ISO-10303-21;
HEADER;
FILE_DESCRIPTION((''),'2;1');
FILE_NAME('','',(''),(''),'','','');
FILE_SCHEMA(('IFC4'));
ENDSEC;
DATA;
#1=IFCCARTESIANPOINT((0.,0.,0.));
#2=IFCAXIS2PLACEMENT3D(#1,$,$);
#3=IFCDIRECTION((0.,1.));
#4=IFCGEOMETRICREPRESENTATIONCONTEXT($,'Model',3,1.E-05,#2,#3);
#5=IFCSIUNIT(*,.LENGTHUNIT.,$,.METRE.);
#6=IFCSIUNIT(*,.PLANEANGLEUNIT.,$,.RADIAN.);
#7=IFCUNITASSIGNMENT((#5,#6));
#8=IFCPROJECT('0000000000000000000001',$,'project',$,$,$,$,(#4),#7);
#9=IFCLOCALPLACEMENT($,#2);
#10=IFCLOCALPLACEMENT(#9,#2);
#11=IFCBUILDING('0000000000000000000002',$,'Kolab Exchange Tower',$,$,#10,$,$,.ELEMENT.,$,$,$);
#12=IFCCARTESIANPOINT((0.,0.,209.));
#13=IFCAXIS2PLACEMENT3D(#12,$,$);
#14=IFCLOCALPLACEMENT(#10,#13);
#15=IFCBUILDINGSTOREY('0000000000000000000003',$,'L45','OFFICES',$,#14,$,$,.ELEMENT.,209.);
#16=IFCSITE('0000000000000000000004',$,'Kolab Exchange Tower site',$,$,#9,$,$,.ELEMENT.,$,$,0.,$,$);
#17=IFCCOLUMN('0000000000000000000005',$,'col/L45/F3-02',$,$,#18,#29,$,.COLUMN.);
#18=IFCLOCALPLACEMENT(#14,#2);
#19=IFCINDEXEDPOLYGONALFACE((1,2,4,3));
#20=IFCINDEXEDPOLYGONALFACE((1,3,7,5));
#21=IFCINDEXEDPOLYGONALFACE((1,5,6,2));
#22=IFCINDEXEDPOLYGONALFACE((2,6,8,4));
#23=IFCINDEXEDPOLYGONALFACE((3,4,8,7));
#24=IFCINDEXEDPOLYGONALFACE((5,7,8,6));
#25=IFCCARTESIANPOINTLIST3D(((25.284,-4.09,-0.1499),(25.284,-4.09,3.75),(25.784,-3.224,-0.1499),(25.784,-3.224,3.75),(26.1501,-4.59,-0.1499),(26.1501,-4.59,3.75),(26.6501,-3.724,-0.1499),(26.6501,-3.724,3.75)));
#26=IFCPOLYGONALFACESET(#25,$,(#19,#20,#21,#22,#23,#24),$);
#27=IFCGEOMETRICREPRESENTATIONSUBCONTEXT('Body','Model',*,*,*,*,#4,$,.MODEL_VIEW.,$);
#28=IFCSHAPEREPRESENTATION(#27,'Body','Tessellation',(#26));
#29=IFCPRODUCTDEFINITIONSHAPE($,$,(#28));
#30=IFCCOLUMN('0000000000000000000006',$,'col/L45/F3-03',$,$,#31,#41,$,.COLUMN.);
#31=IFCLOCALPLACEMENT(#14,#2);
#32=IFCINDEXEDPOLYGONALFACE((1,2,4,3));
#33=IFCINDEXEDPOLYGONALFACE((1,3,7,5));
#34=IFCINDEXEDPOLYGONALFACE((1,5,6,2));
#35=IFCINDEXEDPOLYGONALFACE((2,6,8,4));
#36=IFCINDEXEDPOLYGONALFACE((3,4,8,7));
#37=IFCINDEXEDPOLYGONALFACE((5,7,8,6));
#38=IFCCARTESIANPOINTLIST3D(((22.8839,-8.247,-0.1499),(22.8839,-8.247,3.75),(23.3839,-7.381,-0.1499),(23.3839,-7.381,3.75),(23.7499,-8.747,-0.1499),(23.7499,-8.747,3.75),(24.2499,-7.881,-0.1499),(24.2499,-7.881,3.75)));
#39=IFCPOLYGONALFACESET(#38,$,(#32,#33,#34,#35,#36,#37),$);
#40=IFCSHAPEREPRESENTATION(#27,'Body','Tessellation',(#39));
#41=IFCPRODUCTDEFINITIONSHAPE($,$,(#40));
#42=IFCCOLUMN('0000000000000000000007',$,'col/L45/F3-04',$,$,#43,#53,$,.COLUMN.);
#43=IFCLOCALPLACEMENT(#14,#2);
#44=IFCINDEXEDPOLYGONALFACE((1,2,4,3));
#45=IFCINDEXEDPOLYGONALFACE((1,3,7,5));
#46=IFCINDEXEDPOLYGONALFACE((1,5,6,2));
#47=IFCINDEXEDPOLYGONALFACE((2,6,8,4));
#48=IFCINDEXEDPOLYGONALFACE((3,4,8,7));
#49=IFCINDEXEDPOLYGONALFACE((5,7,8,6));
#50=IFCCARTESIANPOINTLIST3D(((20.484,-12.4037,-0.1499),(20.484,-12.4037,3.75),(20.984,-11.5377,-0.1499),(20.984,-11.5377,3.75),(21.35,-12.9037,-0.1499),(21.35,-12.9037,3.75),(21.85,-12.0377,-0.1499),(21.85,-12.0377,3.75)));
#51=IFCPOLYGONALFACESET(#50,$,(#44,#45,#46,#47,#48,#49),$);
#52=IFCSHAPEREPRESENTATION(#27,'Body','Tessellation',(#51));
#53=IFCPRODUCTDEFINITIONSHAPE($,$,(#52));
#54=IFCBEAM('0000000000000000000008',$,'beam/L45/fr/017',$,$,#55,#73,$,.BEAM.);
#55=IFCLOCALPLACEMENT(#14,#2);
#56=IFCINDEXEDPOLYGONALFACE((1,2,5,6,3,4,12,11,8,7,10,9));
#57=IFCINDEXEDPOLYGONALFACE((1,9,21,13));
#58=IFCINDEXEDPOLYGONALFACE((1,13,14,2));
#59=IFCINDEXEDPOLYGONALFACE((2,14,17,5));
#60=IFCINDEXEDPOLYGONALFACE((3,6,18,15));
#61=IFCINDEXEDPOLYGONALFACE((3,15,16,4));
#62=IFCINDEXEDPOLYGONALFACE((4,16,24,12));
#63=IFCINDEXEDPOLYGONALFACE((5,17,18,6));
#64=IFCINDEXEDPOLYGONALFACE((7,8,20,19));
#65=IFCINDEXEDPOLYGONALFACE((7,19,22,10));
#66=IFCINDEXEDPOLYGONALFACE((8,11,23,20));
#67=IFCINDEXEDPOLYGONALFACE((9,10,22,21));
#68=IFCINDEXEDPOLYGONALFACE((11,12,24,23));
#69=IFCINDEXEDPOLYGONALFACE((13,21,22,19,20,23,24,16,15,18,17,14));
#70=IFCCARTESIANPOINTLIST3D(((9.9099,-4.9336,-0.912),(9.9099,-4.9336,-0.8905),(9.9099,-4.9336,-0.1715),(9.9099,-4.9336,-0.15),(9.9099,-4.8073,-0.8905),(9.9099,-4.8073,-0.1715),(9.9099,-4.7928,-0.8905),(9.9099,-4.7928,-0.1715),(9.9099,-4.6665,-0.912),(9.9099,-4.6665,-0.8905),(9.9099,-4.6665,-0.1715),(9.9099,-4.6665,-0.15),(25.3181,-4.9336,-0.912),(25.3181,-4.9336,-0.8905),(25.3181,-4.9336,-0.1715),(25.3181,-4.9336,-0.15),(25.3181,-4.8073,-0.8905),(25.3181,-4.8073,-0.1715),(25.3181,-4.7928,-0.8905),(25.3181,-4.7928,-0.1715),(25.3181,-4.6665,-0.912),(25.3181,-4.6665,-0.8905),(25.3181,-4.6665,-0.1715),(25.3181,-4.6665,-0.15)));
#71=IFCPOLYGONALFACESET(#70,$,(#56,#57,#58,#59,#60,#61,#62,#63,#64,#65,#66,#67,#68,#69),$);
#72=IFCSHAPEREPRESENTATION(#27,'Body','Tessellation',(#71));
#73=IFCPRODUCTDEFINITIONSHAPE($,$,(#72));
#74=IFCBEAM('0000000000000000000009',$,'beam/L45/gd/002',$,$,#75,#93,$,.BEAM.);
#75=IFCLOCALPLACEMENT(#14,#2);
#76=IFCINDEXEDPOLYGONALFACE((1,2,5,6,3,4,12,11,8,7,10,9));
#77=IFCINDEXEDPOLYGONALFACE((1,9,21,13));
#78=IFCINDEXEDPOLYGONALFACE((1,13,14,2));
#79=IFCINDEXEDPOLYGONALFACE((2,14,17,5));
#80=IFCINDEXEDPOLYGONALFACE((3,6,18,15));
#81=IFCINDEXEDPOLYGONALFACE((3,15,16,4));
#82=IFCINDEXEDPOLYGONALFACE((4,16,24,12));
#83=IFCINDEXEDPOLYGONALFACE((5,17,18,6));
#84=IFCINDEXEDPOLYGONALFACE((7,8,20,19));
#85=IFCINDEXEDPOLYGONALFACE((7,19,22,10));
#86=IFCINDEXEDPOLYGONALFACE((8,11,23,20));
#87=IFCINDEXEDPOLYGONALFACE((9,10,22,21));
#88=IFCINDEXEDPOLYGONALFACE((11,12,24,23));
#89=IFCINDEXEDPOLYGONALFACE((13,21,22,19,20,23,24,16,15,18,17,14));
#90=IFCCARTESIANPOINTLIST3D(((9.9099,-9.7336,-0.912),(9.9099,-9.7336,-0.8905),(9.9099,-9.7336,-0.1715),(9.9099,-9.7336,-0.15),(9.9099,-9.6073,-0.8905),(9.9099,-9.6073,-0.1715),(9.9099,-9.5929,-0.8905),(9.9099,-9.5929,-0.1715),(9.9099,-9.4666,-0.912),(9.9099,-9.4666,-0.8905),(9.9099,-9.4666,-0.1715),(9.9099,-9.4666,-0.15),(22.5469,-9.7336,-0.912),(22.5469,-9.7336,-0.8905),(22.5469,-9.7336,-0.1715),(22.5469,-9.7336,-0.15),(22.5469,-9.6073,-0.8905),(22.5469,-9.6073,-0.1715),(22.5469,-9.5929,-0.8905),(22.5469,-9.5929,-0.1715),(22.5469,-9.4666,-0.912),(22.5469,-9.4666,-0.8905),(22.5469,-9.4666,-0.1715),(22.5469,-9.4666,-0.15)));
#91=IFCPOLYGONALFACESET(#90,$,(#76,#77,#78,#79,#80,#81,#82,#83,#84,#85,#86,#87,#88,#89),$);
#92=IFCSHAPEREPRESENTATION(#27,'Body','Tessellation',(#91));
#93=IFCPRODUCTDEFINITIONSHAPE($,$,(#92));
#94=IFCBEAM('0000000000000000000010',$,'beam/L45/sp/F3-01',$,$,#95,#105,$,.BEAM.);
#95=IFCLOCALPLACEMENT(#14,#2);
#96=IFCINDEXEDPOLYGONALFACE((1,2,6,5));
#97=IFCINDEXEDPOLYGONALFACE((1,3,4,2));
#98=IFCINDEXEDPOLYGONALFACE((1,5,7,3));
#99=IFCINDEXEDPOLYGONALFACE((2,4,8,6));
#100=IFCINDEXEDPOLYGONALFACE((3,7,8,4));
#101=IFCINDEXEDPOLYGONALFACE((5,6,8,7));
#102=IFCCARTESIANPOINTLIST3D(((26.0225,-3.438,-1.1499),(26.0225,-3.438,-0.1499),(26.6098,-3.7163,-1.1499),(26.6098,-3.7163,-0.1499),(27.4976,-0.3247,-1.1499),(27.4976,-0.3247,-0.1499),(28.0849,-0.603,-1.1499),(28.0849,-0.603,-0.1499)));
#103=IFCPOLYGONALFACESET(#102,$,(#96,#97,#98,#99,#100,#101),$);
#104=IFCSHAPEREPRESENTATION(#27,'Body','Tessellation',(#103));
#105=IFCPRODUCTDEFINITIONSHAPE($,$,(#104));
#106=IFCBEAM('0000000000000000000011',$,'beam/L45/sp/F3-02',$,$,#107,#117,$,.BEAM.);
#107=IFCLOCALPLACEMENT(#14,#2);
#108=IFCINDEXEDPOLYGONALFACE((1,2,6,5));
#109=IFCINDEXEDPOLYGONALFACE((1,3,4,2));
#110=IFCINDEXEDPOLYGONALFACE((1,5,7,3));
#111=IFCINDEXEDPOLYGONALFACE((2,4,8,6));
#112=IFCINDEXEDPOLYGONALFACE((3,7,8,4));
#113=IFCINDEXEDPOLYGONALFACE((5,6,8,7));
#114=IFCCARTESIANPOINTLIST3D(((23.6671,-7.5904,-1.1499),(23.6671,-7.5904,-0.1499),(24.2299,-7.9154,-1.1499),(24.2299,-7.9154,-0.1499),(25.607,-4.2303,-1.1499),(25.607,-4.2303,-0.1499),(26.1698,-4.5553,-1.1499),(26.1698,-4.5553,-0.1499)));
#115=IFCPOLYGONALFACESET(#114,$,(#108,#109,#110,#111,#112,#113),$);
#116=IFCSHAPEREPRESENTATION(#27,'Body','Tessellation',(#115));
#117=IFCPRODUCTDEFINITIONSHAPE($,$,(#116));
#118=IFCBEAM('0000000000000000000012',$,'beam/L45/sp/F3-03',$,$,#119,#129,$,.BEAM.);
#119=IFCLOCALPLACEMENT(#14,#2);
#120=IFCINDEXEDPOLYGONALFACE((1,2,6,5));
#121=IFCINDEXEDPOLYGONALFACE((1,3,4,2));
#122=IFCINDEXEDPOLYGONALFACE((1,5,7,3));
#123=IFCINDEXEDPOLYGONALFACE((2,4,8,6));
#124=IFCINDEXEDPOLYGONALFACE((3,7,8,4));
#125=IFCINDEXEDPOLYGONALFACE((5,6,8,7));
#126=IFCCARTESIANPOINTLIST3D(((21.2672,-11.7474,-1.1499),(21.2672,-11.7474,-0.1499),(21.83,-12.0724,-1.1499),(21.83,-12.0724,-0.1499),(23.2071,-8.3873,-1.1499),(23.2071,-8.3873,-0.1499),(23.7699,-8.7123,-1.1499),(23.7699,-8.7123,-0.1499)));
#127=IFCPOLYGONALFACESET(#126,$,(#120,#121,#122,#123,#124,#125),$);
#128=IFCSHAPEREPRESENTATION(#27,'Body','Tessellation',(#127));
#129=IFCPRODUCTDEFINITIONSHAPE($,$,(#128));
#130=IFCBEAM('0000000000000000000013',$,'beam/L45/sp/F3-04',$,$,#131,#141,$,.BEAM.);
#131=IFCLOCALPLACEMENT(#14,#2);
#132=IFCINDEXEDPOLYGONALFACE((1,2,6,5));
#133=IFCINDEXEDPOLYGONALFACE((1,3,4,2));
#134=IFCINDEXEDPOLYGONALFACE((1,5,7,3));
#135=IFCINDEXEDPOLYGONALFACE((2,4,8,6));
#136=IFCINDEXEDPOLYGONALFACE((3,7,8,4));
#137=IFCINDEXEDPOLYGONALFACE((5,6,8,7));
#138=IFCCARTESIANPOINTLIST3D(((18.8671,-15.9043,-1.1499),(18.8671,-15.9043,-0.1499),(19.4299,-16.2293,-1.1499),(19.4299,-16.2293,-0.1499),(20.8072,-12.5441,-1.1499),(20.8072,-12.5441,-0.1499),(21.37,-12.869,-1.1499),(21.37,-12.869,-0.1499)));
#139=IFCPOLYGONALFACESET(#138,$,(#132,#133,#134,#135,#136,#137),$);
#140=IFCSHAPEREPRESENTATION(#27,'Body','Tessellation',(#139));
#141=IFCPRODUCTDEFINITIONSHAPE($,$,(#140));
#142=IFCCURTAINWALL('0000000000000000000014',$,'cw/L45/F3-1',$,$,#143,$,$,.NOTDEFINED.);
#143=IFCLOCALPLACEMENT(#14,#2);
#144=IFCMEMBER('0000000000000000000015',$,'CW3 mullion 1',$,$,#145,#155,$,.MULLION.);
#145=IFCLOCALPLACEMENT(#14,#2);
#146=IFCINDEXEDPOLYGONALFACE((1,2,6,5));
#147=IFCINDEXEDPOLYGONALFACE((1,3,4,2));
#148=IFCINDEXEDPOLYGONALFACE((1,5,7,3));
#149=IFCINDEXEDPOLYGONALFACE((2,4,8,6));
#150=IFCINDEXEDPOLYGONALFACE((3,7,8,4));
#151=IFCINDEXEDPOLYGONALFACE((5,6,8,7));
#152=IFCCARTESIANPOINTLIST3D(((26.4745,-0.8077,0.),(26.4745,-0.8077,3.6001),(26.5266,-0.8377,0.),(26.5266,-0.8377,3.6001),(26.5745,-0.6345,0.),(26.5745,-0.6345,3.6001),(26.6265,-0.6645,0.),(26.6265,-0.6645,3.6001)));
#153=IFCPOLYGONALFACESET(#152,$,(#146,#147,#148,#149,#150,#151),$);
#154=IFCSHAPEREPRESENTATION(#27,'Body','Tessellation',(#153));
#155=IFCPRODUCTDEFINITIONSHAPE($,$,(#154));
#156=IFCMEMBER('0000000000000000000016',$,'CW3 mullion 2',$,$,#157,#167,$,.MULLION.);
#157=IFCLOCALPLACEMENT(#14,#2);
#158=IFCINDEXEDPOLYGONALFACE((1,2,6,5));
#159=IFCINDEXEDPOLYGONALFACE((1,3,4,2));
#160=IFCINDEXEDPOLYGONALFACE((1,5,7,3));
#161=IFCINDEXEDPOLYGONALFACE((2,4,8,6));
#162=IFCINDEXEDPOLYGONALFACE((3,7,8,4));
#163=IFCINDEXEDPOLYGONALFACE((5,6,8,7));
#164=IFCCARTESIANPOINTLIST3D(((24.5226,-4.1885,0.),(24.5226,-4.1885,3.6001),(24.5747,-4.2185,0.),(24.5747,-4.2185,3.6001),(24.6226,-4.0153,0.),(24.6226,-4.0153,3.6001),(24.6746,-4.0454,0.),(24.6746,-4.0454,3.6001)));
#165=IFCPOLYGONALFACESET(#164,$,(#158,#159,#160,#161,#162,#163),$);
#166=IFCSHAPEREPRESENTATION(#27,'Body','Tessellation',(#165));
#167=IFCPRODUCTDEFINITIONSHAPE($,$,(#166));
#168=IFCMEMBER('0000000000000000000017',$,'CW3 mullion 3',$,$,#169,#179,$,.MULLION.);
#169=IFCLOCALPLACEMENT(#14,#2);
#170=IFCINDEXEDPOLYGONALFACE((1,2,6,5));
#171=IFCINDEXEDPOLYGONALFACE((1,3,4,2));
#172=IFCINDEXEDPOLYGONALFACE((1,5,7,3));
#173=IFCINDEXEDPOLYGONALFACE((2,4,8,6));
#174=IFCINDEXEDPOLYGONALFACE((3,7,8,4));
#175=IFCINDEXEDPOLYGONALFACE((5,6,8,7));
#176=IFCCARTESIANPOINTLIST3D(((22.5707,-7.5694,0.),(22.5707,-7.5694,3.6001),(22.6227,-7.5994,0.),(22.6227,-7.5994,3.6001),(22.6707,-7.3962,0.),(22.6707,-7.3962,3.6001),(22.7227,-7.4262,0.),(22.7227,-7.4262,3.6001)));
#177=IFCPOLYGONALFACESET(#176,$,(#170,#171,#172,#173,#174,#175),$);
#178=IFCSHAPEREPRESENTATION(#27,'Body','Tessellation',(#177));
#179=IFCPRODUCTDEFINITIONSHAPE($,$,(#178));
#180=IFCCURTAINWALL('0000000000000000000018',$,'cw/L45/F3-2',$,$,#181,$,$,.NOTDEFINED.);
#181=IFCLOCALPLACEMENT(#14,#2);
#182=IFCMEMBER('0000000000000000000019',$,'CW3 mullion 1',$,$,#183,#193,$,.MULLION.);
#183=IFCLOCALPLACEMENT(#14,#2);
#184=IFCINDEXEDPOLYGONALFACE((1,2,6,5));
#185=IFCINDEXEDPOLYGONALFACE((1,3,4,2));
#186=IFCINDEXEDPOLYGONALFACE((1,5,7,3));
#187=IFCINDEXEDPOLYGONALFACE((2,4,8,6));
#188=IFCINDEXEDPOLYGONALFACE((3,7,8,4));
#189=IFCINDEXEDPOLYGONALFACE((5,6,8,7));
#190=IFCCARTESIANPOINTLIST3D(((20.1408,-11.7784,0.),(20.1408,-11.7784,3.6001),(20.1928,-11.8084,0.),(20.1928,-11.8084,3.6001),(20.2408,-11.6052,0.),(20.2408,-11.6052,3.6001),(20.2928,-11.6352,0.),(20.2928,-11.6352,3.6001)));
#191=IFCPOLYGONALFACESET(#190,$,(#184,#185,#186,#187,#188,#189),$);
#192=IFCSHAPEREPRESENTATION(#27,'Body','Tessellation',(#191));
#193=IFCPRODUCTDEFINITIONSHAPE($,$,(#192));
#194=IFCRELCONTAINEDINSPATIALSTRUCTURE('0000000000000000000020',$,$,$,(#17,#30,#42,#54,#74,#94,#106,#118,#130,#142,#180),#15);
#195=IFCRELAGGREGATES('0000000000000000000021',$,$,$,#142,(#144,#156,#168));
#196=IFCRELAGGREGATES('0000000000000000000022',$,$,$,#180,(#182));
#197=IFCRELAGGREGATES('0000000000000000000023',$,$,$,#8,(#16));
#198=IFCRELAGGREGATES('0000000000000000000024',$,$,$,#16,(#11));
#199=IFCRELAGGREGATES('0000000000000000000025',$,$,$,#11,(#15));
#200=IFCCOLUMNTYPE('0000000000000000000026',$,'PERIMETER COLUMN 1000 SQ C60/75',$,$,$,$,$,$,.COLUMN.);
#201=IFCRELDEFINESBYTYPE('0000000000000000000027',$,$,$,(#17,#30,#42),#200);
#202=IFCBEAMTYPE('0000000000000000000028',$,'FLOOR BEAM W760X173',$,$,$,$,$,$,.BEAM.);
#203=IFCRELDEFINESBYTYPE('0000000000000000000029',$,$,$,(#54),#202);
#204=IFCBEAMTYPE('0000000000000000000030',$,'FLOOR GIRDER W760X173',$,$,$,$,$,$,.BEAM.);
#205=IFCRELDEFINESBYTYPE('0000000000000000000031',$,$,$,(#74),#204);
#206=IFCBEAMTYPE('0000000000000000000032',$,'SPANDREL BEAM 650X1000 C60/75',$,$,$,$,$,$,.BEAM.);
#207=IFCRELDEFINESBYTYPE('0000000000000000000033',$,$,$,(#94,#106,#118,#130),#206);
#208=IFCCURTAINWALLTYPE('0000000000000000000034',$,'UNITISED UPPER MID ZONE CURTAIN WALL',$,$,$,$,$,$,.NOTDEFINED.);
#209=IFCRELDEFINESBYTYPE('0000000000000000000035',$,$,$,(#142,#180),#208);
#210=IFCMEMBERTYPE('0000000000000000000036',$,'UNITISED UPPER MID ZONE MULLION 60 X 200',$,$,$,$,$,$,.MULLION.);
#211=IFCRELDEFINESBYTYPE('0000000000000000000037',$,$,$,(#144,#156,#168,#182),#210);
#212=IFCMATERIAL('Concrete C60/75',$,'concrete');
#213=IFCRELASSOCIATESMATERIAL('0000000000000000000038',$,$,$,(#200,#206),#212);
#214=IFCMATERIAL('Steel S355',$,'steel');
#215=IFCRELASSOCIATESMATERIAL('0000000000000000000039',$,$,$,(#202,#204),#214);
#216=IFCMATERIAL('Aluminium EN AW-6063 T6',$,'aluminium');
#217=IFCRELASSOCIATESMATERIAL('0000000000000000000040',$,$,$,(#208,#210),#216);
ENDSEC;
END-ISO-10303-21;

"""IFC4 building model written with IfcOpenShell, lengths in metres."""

from ifc_helpers import new_model, si_unit, direction, frame, origin, origin_2d, place, context, subcontext, project, spatial, rectangle, i_section, extrude, material, material_profile, profile_set, type_object, element, aggregate, save


model = new_model("IFC4")

# Units and contexts
model_context = context("Model", 3, precision=1e-05, world=origin(), true_north=direction((0.0, 1.0)))
body_context = subcontext(model_context, "Body", "Model", "MODEL_VIEW")
ifc_project = project(units=[si_unit("LENGTHUNIT", "METRE"), si_unit("PLANEANGLEUNIT", "RADIAN")], contexts=[model_context])

# Site, building, storey
site_placement = place(None, origin())
site = spatial("IfcSite", under=ifc_project, at=site_placement, Name="Kolab Exchange Tower site", CompositionType="ELEMENT", RefElevation=0.0)
building_placement = place(site_placement, origin())
building = spatial("IfcBuilding", under=site, at=building_placement, Name="Kolab Exchange Tower", CompositionType="ELEMENT")
storey_placement = place(building_placement, frame((0.0, 0.0, 209.0)))
storey = spatial("IfcBuildingStorey", under=building, at=storey_placement, Name="L45", Description="OFFICES", CompositionType="ELEMENT", Elevation=209.0)

# Columns
ifc_material_1 = material(Name="Concrete C60/75", Category="concrete")
ifc_material_profile_1 = material_profile(ifc_material_1, rectangle(XDim=1.0, YDim=1.0, at=origin_2d()), Name="RC1000")
ifc_profile_set_1 = profile_set([ifc_material_profile_1], Name="Concrete C60/75")
column_type = type_object("IfcColumnType", Name="PERIMETER COLUMN 1000 SQ C60/75", PredefinedType="COLUMN", material=ifc_profile_set_1)
for number, where, z_axis, x_axis, name in (
    (1, (25.967, -3.907, -0.1499), (0.0, 0.0, 1.0), (0.5, 0.866025, 0.0), "col/L45/F3-02"),
    (2, (23.5669, -8.064, -0.1499), (0.0, 0.0, 1.0), (0.5, 0.866025, 0.0), "col/L45/F3-03"),
    (3, (21.167, -12.2207, -0.1499), (0.0, 0.0, 1.0), (0.5, 0.866025, 0.0), "col/L45/F3-04"),
):
    element("IfcColumn", number, at=place(storey_placement, frame(where, z_axis=z_axis, x_axis=x_axis)), inside=storey, type_object=column_type, Name=name, PredefinedType="COLUMN", context=body_context, shape_type="SweptSolid", body=[
        extrude(rectangle(XDim=1.0, YDim=1.0, at=origin_2d()), origin(), (0.0, 0.0, 1.0), 3.8999),
    ])

# Beams
ifc_material_2 = material(Name="Steel S355", Category="steel")
ifc_material_profile_2 = material_profile(ifc_material_2, i_section(OverallWidth=0.2671, OverallDepth=0.762, WebThickness=0.0144, FlangeThickness=0.0215, at=origin_2d()), Name="W760X173")
ifc_profile_set_2 = profile_set([ifc_material_profile_2], Name="Steel S355")
beam_type_1 = type_object("IfcBeamType", Name="FLOOR BEAM W760X173", PredefinedType="BEAM", material=ifc_profile_set_2)
beam_1_placement = place(storey_placement, frame((9.9099, -4.8, -0.531), z_axis=(1.0, 0.0, 0.0), x_axis=(0.0, 1.0, 0.0)))
element("IfcBeam", 4, at=beam_1_placement, inside=storey, type_object=beam_type_1, Name="beam/L45/fr/017", PredefinedType="BEAM", context=body_context, shape_type="SweptSolid", body=[
    extrude(i_section(OverallWidth=0.2671, OverallDepth=0.762, WebThickness=0.0144, FlangeThickness=0.0215, at=origin_2d()), origin(), (0.0, 0.0, 1.0), 15.4082),
])
ifc_material_profile_3 = material_profile(ifc_material_2, i_section(OverallWidth=0.2671, OverallDepth=0.762, WebThickness=0.0144, FlangeThickness=0.0215, at=origin_2d()), Name="W760X173")
ifc_profile_set_3 = profile_set([ifc_material_profile_3], Name="Steel S355")
beam_type_2 = type_object("IfcBeamType", Name="FLOOR GIRDER W760X173", PredefinedType="BEAM", material=ifc_profile_set_3)
beam_2_placement = place(storey_placement, frame((9.9099, -9.6001, -0.531), z_axis=(1.0, 0.0, 0.0), x_axis=(0.0, 1.0, 0.0)))
element("IfcBeam", 5, at=beam_2_placement, inside=storey, type_object=beam_type_2, Name="beam/L45/gd/002", PredefinedType="BEAM", context=body_context, shape_type="SweptSolid", body=[
    extrude(i_section(OverallWidth=0.2671, OverallDepth=0.762, WebThickness=0.0144, FlangeThickness=0.0215, at=origin_2d()), origin(), (0.0, 0.0, 1.0), 12.637),
])
ifc_material_profile_4 = material_profile(ifc_material_1, rectangle(XDim=0.6499, YDim=1.0, at=origin_2d()), Name="RC650X1000")
ifc_profile_set_4 = profile_set([ifc_material_profile_4], Name="Concrete C60/75")
beam_type_3 = type_object("IfcBeamType", Name="SPANDREL BEAM 650X1000 C60/75", PredefinedType="BEAM", material=ifc_profile_set_4)
beam_3_placement = place(storey_placement, frame((27.7913, -0.4639, -0.6499), z_axis=(-0.428178, -0.903695, 0.0), x_axis=(0.903695, -0.428178, 0.0)))
element("IfcBeam", 6, at=beam_3_placement, inside=storey, type_object=beam_type_3, Name="beam/L45/sp/F3-01", PredefinedType="BEAM", context=body_context, shape_type="SweptSolid", body=[
    extrude(rectangle(XDim=0.6499, YDim=1.0, at=origin_2d()), origin(), (0.0, 0.0, 1.0), 3.4451),
])
for number, where, z_axis, x_axis, name in (
    (7, (25.8884, -4.3928, -0.6499), (-0.499997, -0.866027, 0.0), (0.866027, -0.499997, 0.0), "beam/L45/sp/F3-02"),
    (8, (23.4885, -8.5498, -0.6499), (-0.499997, -0.866027, 0.0), (0.866027, -0.499997, 0.0), "beam/L45/sp/F3-03"),
):
    element("IfcBeam", number, at=place(storey_placement, frame(where, z_axis=z_axis, x_axis=x_axis)), inside=storey, type_object=beam_type_3, Name=name, PredefinedType="BEAM", context=body_context, shape_type="SweptSolid", body=[
        extrude(rectangle(XDim=0.6499, YDim=1.0, at=origin_2d()), origin(), (0.0, 0.0, 1.0), 3.8799),
    ])
beam_4_placement = place(storey_placement, frame((21.0886, -12.7065, -0.6499), z_axis=(-0.500017, -0.866016, 0.0), x_axis=(0.866016, -0.500017, 0.0)))
element("IfcBeam", 9, at=beam_4_placement, inside=storey, type_object=beam_type_3, Name="beam/L45/sp/F3-04", PredefinedType="BEAM", context=body_context, shape_type="SweptSolid", body=[
    extrude(rectangle(XDim=0.6499, YDim=1.0, at=origin_2d()), origin(), (0.0, 0.0, 1.0), 3.8801),
])

# Curtain wall, members
ifc_material_3 = material(Name="Aluminium EN AW-6063 T6", Category="aluminium")
curtain_wall_type = type_object("IfcCurtainWallType", Name="UNITISED UPPER MID ZONE CURTAIN WALL", PredefinedType="NOTDEFINED", material=ifc_material_3)
curtain_wall_1_placement = place(storey_placement, origin())
curtain_wall_1 = element("IfcCurtainWall", 10, at=curtain_wall_1_placement, inside=storey, type_object=curtain_wall_type, Name="cw/L45/F3-1", PredefinedType="NOTDEFINED")
ifc_material_profile_5 = material_profile(ifc_material_3, rectangle(XDim=0.0601, YDim=0.2, at=origin_2d()), Name="RECT 60X200")
ifc_profile_set_5 = profile_set([ifc_material_profile_5], Name="Aluminium EN AW-6063 T6")
member_type_1 = type_object("IfcMemberType", Name="UNITISED UPPER MID ZONE MULLION 60 X 200", PredefinedType="MULLION", material=ifc_profile_set_5)
member_1_placement = place(storey_placement, frame((26.5505, -0.7361, 0.0), z_axis=(0.0, 0.0, 1.0), x_axis=(0.866025, -0.5, 0.0)))
member_1 = element("IfcMember", 11, at=member_1_placement, type_object=member_type_1, Name="CW3 mullion 1", PredefinedType="MULLION", context=body_context, shape_type="SweptSolid", body=[
    extrude(rectangle(XDim=0.0601, YDim=0.2, at=origin_2d()), origin(), (0.0, 0.0, 1.0), 3.6001),
])
member_2_placement = place(storey_placement, frame((24.5986, -4.1169, 0.0), z_axis=(0.0, 0.0, 1.0), x_axis=(0.866025, -0.5, 0.0)))
member_2 = element("IfcMember", 12, at=member_2_placement, type_object=member_type_1, Name="CW3 mullion 2", PredefinedType="MULLION", context=body_context, shape_type="SweptSolid", body=[
    extrude(rectangle(XDim=0.0601, YDim=0.2, at=origin_2d()), origin(), (0.0, 0.0, 1.0), 3.6001),
])
member_3_placement = place(storey_placement, frame((22.6467, -7.4978, 0.0), z_axis=(0.0, 0.0, 1.0), x_axis=(0.866025, -0.5, 0.0)))
member_3 = element("IfcMember", 13, at=member_3_placement, type_object=member_type_1, Name="CW3 mullion 3", PredefinedType="MULLION", context=body_context, shape_type="SweptSolid", body=[
    extrude(rectangle(XDim=0.0601, YDim=0.2, at=origin_2d()), origin(), (0.0, 0.0, 1.0), 3.6001),
])

# Curtain wall, member
curtain_wall_2_placement = place(storey_placement, origin())
curtain_wall_2 = element("IfcCurtainWall", 14, at=curtain_wall_2_placement, inside=storey, type_object=curtain_wall_type, Name="cw/L45/F3-2", PredefinedType="NOTDEFINED")
member_4_placement = place(storey_placement, frame((20.2168, -11.7068, 0.0), z_axis=(0.0, 0.0, 1.0), x_axis=(0.866025, -0.5, 0.0)))
member_4 = element("IfcMember", 15, at=member_4_placement, type_object=member_type_1, Name="CW3 mullion 1", PredefinedType="MULLION", context=body_context, shape_type="SweptSolid", body=[
    extrude(rectangle(XDim=0.0601, YDim=0.2, at=origin_2d()), origin(), (0.0, 0.0, 1.0), 3.6001),
])

aggregate(curtain_wall_1, [member_1, member_2, member_3])
aggregate(curtain_wall_2, [member_4])

save(model, "model.ifc")
